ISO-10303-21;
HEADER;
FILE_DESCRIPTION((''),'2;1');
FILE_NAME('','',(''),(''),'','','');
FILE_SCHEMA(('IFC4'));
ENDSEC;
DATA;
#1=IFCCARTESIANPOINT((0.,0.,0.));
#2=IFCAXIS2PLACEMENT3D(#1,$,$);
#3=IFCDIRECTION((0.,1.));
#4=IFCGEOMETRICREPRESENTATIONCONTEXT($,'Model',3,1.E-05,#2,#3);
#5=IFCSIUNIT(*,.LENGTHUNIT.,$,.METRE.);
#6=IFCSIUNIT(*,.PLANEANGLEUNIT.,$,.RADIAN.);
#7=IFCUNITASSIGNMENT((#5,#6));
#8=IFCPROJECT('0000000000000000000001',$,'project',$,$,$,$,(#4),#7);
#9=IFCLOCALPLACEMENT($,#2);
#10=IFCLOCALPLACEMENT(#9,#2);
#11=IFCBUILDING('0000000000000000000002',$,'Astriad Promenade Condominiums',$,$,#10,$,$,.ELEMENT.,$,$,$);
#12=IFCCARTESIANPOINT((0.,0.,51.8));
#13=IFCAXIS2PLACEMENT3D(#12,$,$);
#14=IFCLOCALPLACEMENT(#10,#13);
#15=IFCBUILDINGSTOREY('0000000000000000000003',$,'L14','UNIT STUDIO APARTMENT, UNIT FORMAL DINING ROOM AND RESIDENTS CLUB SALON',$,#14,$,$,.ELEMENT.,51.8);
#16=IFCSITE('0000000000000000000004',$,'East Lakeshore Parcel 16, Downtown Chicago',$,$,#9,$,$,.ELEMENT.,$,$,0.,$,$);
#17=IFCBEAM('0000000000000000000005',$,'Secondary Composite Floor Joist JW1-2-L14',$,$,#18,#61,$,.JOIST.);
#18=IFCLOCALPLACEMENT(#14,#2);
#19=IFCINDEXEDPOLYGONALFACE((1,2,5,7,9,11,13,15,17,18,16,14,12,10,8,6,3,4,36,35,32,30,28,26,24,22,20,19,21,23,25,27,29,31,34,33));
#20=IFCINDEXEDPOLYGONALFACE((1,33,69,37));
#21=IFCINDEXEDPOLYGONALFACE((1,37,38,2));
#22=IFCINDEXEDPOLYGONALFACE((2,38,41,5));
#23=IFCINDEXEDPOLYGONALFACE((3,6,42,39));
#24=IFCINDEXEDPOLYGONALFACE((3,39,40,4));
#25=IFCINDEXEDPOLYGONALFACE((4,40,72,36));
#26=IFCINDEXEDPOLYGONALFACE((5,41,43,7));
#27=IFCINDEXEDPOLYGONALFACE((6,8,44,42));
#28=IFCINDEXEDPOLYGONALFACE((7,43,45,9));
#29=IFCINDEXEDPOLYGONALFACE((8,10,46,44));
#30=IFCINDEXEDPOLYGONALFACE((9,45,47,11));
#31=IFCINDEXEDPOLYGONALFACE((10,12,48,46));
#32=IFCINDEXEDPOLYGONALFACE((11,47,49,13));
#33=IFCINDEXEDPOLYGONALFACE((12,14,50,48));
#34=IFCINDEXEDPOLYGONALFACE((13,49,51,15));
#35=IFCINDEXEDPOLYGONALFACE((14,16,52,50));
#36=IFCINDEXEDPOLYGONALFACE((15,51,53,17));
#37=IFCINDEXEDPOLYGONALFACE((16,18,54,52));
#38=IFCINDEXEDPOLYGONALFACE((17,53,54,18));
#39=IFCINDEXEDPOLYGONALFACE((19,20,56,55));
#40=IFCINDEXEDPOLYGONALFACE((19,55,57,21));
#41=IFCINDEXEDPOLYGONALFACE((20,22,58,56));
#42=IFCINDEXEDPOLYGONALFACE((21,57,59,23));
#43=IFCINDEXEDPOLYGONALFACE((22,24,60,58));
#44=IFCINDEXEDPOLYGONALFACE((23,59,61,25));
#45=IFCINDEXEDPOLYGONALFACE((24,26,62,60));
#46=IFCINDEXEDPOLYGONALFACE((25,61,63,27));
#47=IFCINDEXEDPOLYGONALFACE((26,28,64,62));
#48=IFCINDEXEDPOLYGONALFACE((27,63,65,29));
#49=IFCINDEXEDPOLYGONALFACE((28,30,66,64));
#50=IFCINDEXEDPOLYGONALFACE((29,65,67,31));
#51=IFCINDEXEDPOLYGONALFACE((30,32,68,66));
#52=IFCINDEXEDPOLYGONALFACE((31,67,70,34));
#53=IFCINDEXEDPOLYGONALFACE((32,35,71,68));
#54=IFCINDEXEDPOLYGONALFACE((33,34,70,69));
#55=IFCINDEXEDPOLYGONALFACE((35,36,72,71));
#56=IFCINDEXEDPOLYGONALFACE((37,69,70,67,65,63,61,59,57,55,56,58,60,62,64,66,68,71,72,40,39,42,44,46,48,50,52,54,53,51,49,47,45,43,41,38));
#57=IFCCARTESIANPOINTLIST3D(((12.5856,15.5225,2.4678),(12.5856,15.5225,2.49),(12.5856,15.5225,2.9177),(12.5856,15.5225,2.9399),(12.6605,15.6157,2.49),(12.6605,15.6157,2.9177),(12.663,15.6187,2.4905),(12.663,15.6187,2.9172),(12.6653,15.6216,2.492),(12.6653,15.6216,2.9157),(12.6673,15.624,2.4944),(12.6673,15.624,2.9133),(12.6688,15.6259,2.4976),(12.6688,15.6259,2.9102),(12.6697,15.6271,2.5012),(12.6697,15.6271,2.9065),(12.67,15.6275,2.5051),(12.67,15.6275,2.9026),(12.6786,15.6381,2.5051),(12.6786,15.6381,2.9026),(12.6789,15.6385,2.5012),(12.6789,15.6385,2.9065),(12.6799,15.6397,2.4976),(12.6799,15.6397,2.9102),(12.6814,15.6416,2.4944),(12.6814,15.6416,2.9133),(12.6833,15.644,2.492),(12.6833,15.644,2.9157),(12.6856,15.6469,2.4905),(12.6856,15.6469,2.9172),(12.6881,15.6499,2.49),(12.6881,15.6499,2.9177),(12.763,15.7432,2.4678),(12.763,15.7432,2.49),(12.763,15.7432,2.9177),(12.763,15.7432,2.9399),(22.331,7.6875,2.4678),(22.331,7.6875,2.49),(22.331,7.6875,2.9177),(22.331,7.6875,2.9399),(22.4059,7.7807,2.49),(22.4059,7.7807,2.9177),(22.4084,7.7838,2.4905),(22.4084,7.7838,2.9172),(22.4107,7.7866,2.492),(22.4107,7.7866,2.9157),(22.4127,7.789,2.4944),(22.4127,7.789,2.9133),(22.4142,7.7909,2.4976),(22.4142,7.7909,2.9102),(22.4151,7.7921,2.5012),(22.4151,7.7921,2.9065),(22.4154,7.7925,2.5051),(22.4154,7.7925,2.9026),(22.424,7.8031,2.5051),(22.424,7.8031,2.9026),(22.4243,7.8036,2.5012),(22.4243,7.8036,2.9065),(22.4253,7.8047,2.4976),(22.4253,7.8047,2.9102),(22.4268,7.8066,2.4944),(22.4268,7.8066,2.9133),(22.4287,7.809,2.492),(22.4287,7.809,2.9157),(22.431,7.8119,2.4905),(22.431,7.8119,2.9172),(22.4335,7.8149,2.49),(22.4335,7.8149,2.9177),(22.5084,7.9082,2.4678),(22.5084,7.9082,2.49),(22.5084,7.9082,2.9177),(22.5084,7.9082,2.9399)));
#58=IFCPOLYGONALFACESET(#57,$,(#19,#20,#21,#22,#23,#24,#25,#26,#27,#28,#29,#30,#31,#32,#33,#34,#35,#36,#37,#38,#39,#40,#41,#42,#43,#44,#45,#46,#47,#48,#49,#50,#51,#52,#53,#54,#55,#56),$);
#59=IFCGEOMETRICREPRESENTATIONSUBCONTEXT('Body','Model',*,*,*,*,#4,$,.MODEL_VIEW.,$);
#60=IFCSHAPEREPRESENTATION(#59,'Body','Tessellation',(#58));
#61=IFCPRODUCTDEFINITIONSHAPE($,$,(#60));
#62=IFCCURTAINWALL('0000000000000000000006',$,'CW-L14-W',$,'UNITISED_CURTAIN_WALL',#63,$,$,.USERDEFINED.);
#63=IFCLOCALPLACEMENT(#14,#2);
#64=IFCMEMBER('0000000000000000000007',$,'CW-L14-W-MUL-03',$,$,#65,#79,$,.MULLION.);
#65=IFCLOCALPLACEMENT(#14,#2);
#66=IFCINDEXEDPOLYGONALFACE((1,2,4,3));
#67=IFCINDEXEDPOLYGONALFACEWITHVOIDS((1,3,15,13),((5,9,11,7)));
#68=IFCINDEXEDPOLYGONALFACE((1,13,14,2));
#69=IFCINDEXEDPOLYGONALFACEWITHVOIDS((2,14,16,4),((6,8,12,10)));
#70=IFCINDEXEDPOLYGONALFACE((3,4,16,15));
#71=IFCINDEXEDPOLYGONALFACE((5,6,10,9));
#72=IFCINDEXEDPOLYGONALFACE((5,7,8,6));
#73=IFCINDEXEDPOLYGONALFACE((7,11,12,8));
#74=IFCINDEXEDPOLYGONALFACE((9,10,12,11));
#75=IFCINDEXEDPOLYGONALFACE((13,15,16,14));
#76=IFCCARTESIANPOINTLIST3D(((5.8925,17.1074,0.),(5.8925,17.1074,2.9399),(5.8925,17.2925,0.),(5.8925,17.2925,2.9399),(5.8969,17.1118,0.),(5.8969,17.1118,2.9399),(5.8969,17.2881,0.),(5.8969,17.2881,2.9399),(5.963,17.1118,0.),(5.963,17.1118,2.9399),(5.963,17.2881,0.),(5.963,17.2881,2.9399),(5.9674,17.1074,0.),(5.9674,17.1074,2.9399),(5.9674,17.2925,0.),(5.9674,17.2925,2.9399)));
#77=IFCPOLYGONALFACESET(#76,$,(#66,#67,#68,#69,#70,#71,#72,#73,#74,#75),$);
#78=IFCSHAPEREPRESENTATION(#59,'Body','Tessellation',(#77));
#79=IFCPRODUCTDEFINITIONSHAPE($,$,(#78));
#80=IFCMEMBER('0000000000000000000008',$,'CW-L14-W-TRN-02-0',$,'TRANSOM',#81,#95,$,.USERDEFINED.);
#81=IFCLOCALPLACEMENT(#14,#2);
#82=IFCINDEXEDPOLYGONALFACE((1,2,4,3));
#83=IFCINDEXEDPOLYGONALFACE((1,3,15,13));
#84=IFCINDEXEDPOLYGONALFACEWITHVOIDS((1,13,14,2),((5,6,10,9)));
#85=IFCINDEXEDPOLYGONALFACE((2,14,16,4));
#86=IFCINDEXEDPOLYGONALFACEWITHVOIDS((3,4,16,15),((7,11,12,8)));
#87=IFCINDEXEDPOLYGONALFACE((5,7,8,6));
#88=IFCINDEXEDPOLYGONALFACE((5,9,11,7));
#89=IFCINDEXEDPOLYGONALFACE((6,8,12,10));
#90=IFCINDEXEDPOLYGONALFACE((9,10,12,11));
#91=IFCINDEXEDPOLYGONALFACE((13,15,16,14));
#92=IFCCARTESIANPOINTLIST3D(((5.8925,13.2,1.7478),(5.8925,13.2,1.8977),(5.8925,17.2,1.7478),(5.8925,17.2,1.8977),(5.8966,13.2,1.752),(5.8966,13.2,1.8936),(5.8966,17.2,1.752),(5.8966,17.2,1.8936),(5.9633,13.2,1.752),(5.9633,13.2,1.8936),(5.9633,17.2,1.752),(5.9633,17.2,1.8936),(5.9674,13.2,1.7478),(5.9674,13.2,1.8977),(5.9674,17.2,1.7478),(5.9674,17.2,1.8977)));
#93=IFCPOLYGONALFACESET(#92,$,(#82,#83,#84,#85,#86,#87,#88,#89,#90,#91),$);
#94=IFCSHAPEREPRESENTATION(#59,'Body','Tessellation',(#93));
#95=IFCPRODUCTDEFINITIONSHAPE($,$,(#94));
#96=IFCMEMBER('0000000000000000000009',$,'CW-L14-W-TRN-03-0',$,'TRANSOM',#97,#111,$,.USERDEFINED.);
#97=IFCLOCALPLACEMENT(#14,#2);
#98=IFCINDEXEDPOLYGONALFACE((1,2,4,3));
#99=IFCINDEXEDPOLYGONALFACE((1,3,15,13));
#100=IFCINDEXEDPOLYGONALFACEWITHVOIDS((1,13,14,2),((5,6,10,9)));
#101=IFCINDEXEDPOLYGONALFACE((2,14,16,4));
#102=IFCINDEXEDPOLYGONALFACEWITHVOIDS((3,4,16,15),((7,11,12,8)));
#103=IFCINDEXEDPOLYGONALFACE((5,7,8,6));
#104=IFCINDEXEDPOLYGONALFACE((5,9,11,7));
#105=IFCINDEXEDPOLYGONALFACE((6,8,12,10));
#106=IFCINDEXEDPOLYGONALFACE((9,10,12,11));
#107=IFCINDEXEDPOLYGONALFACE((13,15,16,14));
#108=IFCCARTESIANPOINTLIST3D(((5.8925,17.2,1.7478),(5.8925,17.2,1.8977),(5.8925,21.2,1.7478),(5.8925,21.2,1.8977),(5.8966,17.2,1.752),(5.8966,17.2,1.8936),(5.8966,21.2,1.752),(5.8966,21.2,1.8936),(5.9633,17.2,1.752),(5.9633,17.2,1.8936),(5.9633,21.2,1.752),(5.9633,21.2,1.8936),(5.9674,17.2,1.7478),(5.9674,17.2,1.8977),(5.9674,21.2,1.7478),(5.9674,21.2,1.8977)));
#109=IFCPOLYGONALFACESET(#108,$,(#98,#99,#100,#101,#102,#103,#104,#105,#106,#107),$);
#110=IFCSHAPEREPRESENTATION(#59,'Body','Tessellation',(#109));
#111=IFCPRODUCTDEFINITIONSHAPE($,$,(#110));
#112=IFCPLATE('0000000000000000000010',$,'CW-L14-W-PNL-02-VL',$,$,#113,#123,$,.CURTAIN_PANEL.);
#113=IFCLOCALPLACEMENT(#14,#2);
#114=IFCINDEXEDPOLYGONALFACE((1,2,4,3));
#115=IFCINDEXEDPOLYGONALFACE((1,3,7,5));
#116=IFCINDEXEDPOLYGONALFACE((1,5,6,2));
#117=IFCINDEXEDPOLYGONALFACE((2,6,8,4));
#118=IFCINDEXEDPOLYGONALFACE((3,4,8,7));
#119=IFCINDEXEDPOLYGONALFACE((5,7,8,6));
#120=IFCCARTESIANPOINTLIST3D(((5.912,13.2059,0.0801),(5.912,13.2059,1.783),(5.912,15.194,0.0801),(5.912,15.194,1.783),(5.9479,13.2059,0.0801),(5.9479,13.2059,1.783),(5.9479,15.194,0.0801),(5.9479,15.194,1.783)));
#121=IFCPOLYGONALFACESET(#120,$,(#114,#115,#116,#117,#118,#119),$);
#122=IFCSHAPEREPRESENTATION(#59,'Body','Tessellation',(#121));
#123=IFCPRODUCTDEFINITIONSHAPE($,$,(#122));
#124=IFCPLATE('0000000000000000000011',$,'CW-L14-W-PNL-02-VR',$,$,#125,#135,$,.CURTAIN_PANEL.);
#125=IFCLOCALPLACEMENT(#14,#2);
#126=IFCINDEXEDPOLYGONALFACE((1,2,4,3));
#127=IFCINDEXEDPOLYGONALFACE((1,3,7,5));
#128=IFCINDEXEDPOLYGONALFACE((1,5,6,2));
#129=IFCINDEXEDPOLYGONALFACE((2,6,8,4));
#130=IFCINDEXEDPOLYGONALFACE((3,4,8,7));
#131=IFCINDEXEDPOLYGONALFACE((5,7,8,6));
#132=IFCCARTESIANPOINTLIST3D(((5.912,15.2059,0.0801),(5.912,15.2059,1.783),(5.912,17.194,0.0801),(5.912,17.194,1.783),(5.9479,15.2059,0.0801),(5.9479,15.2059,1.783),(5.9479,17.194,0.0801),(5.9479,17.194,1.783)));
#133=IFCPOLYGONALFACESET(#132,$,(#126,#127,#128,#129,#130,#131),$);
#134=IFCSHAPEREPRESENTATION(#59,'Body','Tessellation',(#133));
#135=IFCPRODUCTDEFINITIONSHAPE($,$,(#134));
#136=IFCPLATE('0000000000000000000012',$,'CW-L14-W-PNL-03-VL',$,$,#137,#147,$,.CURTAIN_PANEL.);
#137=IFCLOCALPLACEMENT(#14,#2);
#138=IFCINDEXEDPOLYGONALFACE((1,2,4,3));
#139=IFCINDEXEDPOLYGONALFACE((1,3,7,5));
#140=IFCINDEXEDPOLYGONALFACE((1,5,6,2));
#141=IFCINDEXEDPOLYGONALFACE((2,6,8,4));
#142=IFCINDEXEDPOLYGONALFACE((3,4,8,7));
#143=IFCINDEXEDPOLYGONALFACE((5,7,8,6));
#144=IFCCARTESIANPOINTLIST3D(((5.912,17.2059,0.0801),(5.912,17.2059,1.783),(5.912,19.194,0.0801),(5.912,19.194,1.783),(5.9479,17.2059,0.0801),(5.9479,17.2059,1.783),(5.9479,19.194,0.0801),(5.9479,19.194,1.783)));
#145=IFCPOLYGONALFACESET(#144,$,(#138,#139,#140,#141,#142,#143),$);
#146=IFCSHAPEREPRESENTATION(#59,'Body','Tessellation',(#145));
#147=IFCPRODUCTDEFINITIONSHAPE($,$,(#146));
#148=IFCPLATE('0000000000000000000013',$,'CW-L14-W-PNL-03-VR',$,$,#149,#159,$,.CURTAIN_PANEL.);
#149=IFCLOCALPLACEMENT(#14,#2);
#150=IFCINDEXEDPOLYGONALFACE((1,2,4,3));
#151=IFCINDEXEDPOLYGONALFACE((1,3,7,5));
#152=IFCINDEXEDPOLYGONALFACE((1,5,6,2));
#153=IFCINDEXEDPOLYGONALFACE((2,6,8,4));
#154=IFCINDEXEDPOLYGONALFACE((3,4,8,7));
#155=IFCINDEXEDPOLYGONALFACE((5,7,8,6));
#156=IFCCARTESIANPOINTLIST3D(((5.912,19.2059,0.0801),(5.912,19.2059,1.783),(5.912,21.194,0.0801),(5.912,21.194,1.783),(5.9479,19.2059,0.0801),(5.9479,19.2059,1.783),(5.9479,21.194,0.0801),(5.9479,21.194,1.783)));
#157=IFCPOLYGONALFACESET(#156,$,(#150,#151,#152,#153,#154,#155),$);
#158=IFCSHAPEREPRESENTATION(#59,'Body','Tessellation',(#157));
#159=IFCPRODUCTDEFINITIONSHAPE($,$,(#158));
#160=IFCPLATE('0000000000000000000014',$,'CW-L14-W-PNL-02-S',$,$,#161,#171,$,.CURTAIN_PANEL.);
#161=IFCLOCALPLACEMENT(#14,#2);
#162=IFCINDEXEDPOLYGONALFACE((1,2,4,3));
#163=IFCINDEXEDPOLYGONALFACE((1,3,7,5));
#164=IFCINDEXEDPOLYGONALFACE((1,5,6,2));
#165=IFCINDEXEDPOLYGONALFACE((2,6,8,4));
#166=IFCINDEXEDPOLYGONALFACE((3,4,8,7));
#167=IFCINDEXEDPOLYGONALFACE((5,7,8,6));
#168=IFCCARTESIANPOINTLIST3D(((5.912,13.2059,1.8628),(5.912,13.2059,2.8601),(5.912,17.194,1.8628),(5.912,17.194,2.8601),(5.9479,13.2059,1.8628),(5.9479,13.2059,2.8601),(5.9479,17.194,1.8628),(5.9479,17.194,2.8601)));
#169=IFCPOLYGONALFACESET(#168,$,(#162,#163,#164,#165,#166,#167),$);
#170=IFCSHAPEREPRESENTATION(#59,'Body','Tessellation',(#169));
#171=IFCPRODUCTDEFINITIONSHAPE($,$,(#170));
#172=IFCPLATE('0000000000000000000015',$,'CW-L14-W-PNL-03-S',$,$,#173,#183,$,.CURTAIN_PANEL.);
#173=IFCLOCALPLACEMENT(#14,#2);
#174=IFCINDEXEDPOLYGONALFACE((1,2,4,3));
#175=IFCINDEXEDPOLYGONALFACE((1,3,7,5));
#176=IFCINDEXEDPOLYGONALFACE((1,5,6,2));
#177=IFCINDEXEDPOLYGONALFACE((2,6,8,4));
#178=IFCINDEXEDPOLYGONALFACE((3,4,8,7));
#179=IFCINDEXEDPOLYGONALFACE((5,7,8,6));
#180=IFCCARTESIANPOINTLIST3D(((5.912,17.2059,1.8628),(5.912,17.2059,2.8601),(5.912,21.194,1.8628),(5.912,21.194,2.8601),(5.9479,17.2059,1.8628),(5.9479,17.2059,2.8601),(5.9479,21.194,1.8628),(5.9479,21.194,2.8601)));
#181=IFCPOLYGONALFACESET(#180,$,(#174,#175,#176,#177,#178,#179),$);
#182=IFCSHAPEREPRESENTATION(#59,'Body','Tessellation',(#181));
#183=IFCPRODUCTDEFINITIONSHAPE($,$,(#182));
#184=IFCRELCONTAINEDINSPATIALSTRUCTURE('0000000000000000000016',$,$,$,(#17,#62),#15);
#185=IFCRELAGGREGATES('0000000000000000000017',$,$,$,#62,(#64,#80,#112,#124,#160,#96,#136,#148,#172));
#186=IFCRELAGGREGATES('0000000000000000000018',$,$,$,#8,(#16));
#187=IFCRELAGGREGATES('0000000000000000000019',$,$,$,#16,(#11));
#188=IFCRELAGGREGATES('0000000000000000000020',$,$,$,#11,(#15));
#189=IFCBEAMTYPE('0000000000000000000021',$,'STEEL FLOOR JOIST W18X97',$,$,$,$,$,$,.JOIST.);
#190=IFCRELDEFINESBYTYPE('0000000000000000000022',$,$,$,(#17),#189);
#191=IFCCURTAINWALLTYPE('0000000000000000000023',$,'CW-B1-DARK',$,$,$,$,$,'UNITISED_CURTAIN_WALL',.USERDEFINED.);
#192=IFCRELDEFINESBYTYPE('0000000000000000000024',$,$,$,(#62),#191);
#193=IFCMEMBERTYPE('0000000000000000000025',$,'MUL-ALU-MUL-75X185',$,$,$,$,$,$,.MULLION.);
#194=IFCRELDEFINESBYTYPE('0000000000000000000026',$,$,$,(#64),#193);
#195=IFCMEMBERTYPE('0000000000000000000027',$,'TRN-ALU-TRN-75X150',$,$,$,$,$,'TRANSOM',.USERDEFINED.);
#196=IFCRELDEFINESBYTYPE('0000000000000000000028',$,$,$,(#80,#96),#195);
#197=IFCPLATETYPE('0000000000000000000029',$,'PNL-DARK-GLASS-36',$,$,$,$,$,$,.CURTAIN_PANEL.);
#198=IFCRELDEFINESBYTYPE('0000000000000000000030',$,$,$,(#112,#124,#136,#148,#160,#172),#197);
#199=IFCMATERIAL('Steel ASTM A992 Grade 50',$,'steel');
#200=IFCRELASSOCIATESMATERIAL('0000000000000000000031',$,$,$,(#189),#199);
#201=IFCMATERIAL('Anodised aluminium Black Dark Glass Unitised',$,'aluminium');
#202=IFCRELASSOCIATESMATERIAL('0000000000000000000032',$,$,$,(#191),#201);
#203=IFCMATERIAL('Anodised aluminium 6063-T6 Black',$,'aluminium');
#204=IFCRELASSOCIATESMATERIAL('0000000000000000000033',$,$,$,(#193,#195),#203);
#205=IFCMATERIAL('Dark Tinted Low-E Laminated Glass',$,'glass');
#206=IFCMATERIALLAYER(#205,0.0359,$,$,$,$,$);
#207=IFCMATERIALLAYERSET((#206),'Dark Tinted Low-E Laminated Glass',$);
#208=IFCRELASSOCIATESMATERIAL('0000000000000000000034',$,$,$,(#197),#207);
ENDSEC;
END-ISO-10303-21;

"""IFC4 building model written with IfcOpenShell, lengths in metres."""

from ifc_helpers import new_model, si_unit, direction, frame, origin, origin_2d, place, context, subcontext, project, spatial, rectangle, hollow_rectangle, i_section, extrude, source, transform, mapped, material, layer, layer_set, material_profile, profile_set, type_object, type_shapes, element, aggregate, save


model = new_model("IFC4")

# Units and contexts
model_context = context("Model", 3, precision=1e-05, world=origin(), true_north=direction((0.0, 1.0)))
body_context = subcontext(model_context, "Body", "Model", "MODEL_VIEW")
ifc_project = project(units=[si_unit("LENGTHUNIT", "METRE"), si_unit("PLANEANGLEUNIT", "RADIAN")], contexts=[model_context])

# Site, building, storey
site_placement = place(None, origin())
site = spatial("IfcSite", under=ifc_project, at=site_placement, Name="East Lakeshore Parcel 16, Downtown Chicago", CompositionType="ELEMENT", RefElevation=0.0)
building_placement = place(site_placement, origin())
building = spatial("IfcBuilding", under=site, at=building_placement, Name="Astriad Promenade Condominiums", CompositionType="ELEMENT")
storey_placement = place(building_placement, frame((0.0, 0.0, 51.8)))
storey = spatial("IfcBuildingStorey", under=building, at=storey_placement, Name="L14", Description="UNIT STUDIO APARTMENT, UNIT FORMAL DINING ROOM AND RESIDENTS CLUB SALON", CompositionType="ELEMENT", Elevation=51.8)

# Beam
ifc_material_1 = material(Name="Steel ASTM A992 Grade 50", Category="steel")
ifc_material_profile_1 = material_profile(ifc_material_1, i_section(OverallWidth=0.2832, OverallDepth=0.4722, WebThickness=0.0137, FlangeThickness=0.0222, FilletRadius=0.0151, at=origin_2d()), Name="W18X97")
ifc_profile_set_1 = profile_set([ifc_material_profile_1], Name="Steel ASTM A992 Grade 50")
beam_type_1 = type_object("IfcBeamType", Name="STEEL FLOOR JOIST W18X97", PredefinedType="JOIST", material=ifc_profile_set_1)
shared_shape_1 = source(origin(), body_context, "Body", "SweptSolid", [
    extrude(i_section(OverallWidth=0.2832, OverallDepth=0.4722, WebThickness=0.0137, FlangeThickness=0.0222, FilletRadius=0.0151, at=origin_2d()), origin(), (0.0, 0.0, 1.0), 12.5044),
])
beam_1_placement = place(storey_placement, frame((12.6743, 15.6328, 2.7039), z_axis=(0.779358, -0.626579, 0.0), x_axis=(0.626579, 0.779358, 0.0)))
element("IfcBeam", 1, at=beam_1_placement, inside=storey, type_object=beam_type_1, Name="Secondary Composite Floor Joist JW1-2-L14", PredefinedType="JOIST", context=body_context, shape_type="MappedRepresentation", body=[
    mapped(shared_shape_1, transform((0.0, 0.0, 0.0), scale=1.0)),
])

# Curtain wall, members, plates
ifc_material_2 = material(Name="Anodised aluminium Black Dark Glass Unitised", Category="aluminium")
curtain_wall_type = type_object("IfcCurtainWallType", Name="CW-B1-DARK", ElementType="UNITISED_CURTAIN_WALL", PredefinedType="USERDEFINED", material=ifc_material_2)
curtain_wall_placement = place(storey_placement, origin())
curtain_wall = element("IfcCurtainWall", 2, at=curtain_wall_placement, inside=storey, type_object=curtain_wall_type, Name="CW-L14-W", ObjectType="UNITISED_CURTAIN_WALL", PredefinedType="USERDEFINED")
ifc_material_3 = material(Name="Anodised aluminium 6063-T6 Black", Category="aluminium")
ifc_material_profile_2 = material_profile(ifc_material_3, hollow_rectangle(XDim=0.075, YDim=0.1851, WallThickness=0.0044, at=origin_2d()), Name="ALU-MUL-75X185")
ifc_profile_set_2 = profile_set([ifc_material_profile_2], Name="Anodised aluminium 6063-T6 Black")
member_type_1 = type_object("IfcMemberType", Name="MUL-ALU-MUL-75X185", PredefinedType="MULLION", material=ifc_profile_set_2)
shared_shape_2 = source(origin(), body_context, "Body", "SweptSolid", [
    extrude(hollow_rectangle(XDim=0.075, YDim=0.1851, WallThickness=0.0044, at=origin_2d()), origin(), (0.0, 0.0, 1.0), 2.9399),
])
type_shapes(member_type_1, [shared_shape_2])
member_1_placement = place(storey_placement, frame((5.9299, 17.2, 0.0), z_axis=(0.0, 0.0, 1.0), x_axis=(1.0, 0.0, 0.0)))
member_1 = element("IfcMember", 3, at=member_1_placement, type_object=member_type_1, Name="CW-L14-W-MUL-03", PredefinedType="MULLION", context=body_context, shape_type="MappedRepresentation", body=[
    mapped(shared_shape_2, transform((0.0, 0.0, 0.0), scale=1.0)),
])
ifc_material_profile_3 = material_profile(ifc_material_3, hollow_rectangle(XDim=0.075, YDim=0.1499, WallThickness=0.0042, at=origin_2d()), Name="ALU-TRN-75X150")
ifc_profile_set_3 = profile_set([ifc_material_profile_3], Name="Anodised aluminium 6063-T6 Black")
member_type_2 = type_object("IfcMemberType", Name="TRN-ALU-TRN-75X150", ElementType="TRANSOM", PredefinedType="USERDEFINED", material=ifc_profile_set_3)
shared_shape_3 = source(origin(), body_context, "Body", "SweptSolid", [
    extrude(hollow_rectangle(XDim=0.075, YDim=0.1499, WallThickness=0.0042, at=origin_2d()), origin(), (0.0, 0.0, 1.0), 4.0),
])
type_shapes(member_type_2, [shared_shape_3])
member_2_placement = place(storey_placement, frame((5.9299, 13.2, 1.8228), z_axis=(0.0, 1.0, 0.0), x_axis=(-1.0, 0.0, 0.0)))
member_2 = element("IfcMember", 4, at=member_2_placement, type_object=member_type_2, Name="CW-L14-W-TRN-02-0", ObjectType="TRANSOM", PredefinedType="USERDEFINED", context=body_context, shape_type="MappedRepresentation", body=[
    mapped(shared_shape_3, transform((0.0, 0.0, 0.0), scale=1.0)),
])
member_3_placement = place(storey_placement, frame((5.9299, 17.2, 1.8228), z_axis=(0.0, 1.0, 0.0), x_axis=(-1.0, 0.0, 0.0)))
member_3 = element("IfcMember", 5, at=member_3_placement, type_object=member_type_2, Name="CW-L14-W-TRN-03-0", ObjectType="TRANSOM", PredefinedType="USERDEFINED", context=body_context, shape_type="MappedRepresentation", body=[
    mapped(shared_shape_3, transform((0.0, 0.0, 0.0), scale=1.0)),
])
ifc_material_4 = material(Name="Dark Tinted Low-E Laminated Glass", Category="glass")
ifc_layer_1 = layer(ifc_material_4, 0.0359)
ifc_layer_set_1 = layer_set([ifc_layer_1], Name="Dark Tinted Low-E Laminated Glass")
plate_type = type_object("IfcPlateType", Name="PNL-DARK-GLASS-36", PredefinedType="CURTAIN_PANEL", material=ifc_layer_set_1)
shared_shape_4 = source(origin(), body_context, "Body", "SweptSolid", [
    extrude(rectangle(XDim=1.988, YDim=0.0359, at=origin_2d()), origin(), (0.0, 0.0, 1.0), 1.7029),
])
plate_1_placement = place(storey_placement, frame((5.9299, 14.2, 0.0801), z_axis=(0.0, 0.0, 1.0), x_axis=(0.0, 1.0, 0.0)))
plate_1 = element("IfcPlate", 6, at=plate_1_placement, type_object=plate_type, Name="CW-L14-W-PNL-02-VL", PredefinedType="CURTAIN_PANEL", context=body_context, shape_type="MappedRepresentation", body=[
    mapped(shared_shape_4, transform((0.0, 0.0, 0.0), scale=1.0)),
])
plate_2_placement = place(storey_placement, frame((5.9299, 16.2, 0.0801), z_axis=(0.0, 0.0, 1.0), x_axis=(0.0, 1.0, 0.0)))
plate_2 = element("IfcPlate", 7, at=plate_2_placement, type_object=plate_type, Name="CW-L14-W-PNL-02-VR", PredefinedType="CURTAIN_PANEL", context=body_context, shape_type="MappedRepresentation", body=[
    mapped(shared_shape_4, transform((0.0, 0.0, 0.0), scale=1.0)),
])
plate_3_placement = place(storey_placement, frame((5.9299, 18.2, 0.0801), z_axis=(0.0, 0.0, 1.0), x_axis=(0.0, 1.0, 0.0)))
plate_3 = element("IfcPlate", 8, at=plate_3_placement, type_object=plate_type, Name="CW-L14-W-PNL-03-VL", PredefinedType="CURTAIN_PANEL", context=body_context, shape_type="MappedRepresentation", body=[
    mapped(shared_shape_4, transform((0.0, 0.0, 0.0), scale=1.0)),
])
plate_4_placement = place(storey_placement, frame((5.9299, 20.2, 0.0801), z_axis=(0.0, 0.0, 1.0), x_axis=(0.0, 1.0, 0.0)))
plate_4 = element("IfcPlate", 9, at=plate_4_placement, type_object=plate_type, Name="CW-L14-W-PNL-03-VR", PredefinedType="CURTAIN_PANEL", context=body_context, shape_type="MappedRepresentation", body=[
    mapped(shared_shape_4, transform((0.0, 0.0, 0.0), scale=1.0)),
])
shared_shape_5 = source(origin(), body_context, "Body", "SweptSolid", [
    extrude(rectangle(XDim=3.988, YDim=0.0359, at=origin_2d()), origin(), (0.0, 0.0, 1.0), 0.9973),
])
type_shapes(plate_type, [shared_shape_4, shared_shape_5])
plate_5_placement = place(storey_placement, frame((5.9299, 15.2, 1.8628), z_axis=(0.0, 0.0, 1.0), x_axis=(0.0, 1.0, 0.0)))
plate_5 = element("IfcPlate", 10, at=plate_5_placement, type_object=plate_type, Name="CW-L14-W-PNL-02-S", PredefinedType="CURTAIN_PANEL", context=body_context, shape_type="MappedRepresentation", body=[
    mapped(shared_shape_5, transform((0.0, 0.0, 0.0), scale=1.0)),
])
plate_6_placement = place(storey_placement, frame((5.9299, 19.2, 1.8628), z_axis=(0.0, 0.0, 1.0), x_axis=(0.0, 1.0, 0.0)))
plate_6 = element("IfcPlate", 11, at=plate_6_placement, type_object=plate_type, Name="CW-L14-W-PNL-03-S", PredefinedType="CURTAIN_PANEL", context=body_context, shape_type="MappedRepresentation", body=[
    mapped(shared_shape_5, transform((0.0, 0.0, 0.0), scale=1.0)),
])
aggregate(curtain_wall, [member_1, member_2, plate_1, plate_2, plate_5, member_3, plate_3, plate_4, plate_6])

save(model, "model.ifc")
